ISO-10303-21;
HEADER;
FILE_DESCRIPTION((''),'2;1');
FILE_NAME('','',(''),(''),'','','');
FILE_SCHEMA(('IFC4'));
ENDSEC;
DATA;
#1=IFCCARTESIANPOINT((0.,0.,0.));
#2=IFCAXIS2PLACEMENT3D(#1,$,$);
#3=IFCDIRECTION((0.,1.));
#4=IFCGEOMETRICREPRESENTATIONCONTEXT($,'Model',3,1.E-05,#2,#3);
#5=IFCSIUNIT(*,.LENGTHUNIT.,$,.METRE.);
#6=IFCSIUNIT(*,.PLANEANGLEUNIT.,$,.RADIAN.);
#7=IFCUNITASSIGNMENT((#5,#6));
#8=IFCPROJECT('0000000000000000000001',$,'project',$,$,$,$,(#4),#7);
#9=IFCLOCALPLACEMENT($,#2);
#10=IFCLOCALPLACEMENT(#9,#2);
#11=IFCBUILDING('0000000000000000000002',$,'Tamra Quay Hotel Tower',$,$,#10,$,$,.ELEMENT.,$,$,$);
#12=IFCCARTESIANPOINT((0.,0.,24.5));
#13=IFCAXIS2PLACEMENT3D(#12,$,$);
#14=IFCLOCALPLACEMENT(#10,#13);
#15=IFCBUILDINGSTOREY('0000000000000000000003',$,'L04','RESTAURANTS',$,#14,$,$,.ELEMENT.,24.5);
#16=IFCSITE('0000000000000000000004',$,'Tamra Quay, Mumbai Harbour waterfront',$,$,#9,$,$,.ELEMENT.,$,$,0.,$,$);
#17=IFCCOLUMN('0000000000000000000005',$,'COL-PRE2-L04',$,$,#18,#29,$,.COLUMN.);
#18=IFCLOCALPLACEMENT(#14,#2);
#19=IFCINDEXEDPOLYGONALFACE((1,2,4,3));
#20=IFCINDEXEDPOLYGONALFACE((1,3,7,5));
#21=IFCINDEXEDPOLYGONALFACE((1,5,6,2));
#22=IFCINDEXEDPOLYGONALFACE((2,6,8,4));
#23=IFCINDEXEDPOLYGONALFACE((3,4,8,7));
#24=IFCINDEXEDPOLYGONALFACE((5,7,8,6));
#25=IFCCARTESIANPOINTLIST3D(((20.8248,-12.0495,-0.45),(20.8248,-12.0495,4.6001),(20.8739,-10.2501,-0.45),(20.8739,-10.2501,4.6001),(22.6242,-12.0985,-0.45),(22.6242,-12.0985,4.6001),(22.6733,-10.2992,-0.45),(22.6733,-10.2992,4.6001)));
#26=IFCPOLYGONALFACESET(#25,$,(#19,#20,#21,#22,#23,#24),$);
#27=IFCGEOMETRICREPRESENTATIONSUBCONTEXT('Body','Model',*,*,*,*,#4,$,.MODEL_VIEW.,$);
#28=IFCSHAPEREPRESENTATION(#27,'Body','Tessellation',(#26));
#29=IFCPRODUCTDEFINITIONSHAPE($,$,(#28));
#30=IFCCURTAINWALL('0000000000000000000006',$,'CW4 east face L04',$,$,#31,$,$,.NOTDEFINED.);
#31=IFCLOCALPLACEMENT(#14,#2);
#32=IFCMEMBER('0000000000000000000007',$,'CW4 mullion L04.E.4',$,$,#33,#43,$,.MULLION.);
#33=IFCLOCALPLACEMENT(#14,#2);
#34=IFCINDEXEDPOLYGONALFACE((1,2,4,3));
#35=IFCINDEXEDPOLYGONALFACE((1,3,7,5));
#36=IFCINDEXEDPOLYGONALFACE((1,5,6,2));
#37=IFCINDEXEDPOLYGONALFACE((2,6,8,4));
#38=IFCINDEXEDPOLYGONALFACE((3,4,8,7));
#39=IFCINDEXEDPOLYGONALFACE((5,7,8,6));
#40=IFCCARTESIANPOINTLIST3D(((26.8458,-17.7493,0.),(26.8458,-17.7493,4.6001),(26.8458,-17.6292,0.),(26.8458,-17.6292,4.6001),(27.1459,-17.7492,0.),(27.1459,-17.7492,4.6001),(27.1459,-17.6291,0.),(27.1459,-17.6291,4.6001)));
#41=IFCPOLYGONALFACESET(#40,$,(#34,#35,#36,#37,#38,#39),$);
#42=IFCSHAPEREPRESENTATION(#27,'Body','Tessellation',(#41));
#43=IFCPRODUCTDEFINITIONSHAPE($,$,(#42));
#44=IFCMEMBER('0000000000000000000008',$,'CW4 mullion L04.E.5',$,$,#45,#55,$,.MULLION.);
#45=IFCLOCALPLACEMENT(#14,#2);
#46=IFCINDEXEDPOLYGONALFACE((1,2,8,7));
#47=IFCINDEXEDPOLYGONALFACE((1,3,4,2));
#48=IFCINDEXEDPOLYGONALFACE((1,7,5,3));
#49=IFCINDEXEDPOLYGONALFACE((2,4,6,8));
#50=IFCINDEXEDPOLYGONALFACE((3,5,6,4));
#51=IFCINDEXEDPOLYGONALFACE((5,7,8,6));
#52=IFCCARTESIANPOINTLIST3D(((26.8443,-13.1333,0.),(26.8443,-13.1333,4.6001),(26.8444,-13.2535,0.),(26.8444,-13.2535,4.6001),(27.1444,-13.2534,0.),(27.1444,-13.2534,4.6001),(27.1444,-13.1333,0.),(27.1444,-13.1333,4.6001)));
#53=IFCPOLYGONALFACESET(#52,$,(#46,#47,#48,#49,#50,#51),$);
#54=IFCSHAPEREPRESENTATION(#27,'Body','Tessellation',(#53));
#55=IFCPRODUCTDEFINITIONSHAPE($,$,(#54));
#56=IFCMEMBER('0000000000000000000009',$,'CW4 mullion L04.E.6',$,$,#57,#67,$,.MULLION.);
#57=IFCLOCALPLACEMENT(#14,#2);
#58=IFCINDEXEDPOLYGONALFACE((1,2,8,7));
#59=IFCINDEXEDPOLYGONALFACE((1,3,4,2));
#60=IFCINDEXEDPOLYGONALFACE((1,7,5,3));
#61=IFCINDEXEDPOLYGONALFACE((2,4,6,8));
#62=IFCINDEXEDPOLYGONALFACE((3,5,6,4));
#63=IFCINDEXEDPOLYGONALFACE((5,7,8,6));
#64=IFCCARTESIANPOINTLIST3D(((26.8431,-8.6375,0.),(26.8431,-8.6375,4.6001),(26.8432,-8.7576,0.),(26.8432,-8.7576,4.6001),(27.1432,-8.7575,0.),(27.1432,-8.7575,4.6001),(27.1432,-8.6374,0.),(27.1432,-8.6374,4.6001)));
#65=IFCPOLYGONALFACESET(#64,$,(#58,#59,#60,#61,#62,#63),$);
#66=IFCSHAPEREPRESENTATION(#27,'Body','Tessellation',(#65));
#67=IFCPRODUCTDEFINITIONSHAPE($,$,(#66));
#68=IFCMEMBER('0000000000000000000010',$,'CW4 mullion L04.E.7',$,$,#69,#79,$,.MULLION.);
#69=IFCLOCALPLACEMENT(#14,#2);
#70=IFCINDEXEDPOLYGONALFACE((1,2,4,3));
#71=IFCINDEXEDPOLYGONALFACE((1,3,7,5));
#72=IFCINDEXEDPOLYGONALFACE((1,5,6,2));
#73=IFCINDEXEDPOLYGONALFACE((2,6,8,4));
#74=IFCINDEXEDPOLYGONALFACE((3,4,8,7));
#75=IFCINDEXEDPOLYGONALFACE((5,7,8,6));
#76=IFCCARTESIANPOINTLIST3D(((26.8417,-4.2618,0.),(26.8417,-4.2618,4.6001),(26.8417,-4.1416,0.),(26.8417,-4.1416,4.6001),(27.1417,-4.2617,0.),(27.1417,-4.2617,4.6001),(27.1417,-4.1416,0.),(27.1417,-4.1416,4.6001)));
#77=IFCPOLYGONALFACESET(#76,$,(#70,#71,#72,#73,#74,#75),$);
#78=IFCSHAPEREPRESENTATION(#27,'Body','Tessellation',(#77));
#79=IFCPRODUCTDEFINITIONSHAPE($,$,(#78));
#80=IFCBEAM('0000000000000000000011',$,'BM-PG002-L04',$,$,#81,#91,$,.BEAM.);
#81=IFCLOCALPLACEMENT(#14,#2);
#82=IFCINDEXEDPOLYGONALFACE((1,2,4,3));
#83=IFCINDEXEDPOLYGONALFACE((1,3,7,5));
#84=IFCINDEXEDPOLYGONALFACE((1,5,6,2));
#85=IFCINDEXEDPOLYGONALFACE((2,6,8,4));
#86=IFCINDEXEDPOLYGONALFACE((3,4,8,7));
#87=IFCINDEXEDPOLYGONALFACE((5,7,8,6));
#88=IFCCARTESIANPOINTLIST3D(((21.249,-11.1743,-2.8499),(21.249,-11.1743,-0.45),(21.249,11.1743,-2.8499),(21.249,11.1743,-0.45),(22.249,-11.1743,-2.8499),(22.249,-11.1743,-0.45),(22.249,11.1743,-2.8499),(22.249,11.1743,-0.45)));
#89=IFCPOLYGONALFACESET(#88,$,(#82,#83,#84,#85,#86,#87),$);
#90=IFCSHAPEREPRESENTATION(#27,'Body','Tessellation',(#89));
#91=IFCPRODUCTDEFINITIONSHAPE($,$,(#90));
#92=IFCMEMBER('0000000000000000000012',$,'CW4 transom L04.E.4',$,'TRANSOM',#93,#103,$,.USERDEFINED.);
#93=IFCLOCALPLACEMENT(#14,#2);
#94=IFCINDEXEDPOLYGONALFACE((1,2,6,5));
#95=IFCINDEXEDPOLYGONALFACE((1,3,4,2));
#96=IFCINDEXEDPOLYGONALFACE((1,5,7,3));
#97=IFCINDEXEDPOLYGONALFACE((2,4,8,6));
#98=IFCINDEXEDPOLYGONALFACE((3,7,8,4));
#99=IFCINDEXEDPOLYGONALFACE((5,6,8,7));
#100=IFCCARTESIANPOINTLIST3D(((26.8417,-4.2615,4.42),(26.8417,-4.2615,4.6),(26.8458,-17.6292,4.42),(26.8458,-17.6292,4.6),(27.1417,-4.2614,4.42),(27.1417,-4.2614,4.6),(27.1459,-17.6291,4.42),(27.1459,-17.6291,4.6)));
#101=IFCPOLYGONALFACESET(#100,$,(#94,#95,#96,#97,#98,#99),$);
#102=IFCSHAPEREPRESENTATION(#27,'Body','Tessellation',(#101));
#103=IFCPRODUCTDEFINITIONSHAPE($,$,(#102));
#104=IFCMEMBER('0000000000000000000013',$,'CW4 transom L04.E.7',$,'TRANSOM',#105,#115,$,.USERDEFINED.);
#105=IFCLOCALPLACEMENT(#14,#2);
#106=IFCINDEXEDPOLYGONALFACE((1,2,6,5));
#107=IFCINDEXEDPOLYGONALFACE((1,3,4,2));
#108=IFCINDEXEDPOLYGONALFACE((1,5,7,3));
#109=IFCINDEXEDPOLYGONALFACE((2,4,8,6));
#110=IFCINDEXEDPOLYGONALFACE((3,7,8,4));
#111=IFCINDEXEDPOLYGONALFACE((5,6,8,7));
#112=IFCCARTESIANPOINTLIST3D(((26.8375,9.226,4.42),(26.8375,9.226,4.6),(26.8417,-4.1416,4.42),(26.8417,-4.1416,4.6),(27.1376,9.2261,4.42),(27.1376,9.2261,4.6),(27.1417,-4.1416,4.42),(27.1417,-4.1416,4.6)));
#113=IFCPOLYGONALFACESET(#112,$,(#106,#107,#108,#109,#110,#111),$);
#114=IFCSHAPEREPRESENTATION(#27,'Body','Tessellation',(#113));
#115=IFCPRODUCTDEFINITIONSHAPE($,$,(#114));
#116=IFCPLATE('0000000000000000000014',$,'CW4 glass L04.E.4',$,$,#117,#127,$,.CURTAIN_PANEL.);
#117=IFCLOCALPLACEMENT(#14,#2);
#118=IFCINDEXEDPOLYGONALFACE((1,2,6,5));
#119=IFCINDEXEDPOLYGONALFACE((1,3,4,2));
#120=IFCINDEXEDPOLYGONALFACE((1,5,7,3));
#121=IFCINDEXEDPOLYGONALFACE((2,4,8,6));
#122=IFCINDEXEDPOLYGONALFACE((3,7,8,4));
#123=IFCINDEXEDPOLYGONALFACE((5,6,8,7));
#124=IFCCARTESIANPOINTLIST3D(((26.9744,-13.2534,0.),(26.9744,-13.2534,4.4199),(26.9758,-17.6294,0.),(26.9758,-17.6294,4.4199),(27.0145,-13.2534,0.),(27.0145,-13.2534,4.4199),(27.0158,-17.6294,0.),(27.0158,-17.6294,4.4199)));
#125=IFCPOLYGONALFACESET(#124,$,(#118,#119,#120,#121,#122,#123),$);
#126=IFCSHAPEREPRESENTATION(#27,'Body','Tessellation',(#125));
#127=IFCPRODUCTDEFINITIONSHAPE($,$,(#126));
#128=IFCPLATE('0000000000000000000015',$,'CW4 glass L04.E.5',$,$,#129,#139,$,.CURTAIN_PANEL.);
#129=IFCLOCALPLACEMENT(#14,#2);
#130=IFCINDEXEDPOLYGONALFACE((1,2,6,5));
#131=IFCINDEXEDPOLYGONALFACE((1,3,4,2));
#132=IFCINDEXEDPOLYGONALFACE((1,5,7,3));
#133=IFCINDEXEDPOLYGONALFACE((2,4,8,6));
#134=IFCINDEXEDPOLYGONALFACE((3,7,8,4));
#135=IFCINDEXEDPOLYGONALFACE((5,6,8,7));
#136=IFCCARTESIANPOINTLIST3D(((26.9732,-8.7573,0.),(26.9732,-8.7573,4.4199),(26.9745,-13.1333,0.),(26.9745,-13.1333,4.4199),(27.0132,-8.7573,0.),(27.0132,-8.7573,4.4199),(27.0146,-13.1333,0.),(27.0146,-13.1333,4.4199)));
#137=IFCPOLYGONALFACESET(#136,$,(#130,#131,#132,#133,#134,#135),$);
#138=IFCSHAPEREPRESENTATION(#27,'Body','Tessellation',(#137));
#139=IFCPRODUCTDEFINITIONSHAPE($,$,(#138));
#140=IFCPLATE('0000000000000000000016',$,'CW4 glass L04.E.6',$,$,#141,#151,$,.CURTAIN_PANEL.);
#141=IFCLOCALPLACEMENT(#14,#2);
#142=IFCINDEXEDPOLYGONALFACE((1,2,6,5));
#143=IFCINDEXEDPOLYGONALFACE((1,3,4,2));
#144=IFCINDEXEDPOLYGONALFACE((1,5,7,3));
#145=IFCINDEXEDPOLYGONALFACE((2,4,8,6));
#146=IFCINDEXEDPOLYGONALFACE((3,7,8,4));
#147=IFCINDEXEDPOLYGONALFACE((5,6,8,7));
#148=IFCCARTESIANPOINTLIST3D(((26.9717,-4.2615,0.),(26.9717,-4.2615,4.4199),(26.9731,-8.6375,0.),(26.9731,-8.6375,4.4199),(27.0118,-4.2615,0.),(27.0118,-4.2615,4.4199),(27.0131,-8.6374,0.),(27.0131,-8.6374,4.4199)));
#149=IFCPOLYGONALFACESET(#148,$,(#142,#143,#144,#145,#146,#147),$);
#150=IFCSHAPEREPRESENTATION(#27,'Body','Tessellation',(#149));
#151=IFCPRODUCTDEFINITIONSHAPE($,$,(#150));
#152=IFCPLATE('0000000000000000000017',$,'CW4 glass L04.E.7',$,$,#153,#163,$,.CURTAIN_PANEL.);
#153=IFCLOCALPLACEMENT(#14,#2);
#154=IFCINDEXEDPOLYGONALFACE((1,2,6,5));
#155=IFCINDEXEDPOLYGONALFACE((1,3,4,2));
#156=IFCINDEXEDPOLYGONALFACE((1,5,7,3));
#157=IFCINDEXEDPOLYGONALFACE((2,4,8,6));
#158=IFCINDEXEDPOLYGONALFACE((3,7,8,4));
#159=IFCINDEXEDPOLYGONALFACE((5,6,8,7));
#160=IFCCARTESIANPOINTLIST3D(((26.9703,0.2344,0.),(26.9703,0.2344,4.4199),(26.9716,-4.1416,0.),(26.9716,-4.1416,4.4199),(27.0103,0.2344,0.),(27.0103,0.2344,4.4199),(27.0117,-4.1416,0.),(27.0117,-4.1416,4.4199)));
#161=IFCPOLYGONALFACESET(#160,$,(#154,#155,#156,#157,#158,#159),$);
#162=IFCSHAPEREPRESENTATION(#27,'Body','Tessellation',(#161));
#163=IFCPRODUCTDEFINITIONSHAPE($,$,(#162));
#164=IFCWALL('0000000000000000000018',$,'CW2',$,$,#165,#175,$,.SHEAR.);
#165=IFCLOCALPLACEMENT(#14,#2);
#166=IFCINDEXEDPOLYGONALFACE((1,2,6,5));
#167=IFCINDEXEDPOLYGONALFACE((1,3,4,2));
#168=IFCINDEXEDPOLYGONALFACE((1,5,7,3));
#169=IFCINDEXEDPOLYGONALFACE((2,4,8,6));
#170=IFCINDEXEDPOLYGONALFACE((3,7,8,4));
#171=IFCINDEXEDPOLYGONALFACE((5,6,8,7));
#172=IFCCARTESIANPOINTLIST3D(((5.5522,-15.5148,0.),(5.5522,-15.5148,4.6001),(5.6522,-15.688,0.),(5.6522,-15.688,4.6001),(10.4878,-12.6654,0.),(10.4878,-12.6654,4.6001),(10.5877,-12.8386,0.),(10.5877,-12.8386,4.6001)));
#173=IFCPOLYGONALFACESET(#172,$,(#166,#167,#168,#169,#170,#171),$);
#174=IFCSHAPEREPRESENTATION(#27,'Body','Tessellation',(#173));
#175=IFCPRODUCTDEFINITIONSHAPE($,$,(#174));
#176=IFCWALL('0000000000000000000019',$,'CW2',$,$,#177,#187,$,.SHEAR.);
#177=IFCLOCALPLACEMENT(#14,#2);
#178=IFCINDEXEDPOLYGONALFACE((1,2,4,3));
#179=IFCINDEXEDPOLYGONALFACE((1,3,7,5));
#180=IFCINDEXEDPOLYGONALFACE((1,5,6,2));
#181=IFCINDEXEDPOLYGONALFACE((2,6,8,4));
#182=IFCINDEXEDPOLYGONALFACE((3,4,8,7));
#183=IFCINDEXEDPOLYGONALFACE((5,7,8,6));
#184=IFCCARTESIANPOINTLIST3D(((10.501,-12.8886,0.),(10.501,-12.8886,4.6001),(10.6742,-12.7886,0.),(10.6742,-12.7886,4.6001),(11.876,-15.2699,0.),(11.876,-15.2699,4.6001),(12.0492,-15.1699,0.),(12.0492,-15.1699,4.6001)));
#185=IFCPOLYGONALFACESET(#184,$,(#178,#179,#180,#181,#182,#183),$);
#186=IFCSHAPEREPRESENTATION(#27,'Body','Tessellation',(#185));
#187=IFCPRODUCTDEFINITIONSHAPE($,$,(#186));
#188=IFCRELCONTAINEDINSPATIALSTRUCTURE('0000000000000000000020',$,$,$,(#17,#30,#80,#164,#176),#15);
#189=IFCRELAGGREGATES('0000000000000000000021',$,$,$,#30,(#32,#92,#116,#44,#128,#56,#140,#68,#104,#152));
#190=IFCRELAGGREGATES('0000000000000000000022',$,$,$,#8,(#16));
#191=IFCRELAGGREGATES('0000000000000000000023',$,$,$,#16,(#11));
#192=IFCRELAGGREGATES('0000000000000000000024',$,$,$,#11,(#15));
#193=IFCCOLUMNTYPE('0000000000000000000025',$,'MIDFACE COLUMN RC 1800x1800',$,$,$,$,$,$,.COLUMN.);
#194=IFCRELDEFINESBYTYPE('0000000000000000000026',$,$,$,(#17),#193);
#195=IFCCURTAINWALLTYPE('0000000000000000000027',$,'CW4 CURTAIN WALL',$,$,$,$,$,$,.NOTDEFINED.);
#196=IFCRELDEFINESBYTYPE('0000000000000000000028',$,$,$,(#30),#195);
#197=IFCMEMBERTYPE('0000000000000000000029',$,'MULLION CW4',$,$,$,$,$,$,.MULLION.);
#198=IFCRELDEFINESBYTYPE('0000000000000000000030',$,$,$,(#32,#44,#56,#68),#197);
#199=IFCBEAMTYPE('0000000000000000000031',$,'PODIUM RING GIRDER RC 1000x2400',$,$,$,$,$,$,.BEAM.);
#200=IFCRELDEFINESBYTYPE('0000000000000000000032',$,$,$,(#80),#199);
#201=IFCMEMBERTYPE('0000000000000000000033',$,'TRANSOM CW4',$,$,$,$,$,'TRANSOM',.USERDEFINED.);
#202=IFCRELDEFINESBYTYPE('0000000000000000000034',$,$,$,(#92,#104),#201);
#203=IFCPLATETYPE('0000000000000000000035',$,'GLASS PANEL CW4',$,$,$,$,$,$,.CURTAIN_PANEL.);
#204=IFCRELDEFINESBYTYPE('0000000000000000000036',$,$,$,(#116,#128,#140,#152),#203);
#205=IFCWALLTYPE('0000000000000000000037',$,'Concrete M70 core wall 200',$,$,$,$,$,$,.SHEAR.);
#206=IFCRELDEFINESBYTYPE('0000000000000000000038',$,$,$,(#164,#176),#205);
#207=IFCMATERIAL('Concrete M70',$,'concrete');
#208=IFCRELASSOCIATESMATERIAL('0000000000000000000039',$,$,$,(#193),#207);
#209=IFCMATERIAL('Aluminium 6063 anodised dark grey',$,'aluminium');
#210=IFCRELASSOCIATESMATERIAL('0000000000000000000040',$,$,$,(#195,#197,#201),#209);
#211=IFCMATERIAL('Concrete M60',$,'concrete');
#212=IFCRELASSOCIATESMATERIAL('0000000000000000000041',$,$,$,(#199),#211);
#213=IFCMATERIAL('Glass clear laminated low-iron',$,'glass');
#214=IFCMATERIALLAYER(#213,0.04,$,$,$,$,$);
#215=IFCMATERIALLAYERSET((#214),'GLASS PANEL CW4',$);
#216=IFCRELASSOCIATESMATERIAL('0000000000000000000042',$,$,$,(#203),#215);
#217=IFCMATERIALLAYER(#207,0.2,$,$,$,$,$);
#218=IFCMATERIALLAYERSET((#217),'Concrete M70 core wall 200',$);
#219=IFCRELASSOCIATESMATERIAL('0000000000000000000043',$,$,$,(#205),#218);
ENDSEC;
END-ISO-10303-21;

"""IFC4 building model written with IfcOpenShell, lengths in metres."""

from ifc_helpers import new_model, si_unit, direction, frame, frame_2d, origin, origin_2d, place, context, subcontext, project, spatial, rectangle, extrude, material, layer, layer_set, material_profile, profile_set, type_object, element, aggregate, save


model = new_model("IFC4")

# Units and contexts
model_context = context("Model", 3, precision=1e-05, world=origin(), true_north=direction((0.0, 1.0)))
body_context = subcontext(model_context, "Body", "Model", "MODEL_VIEW")
ifc_project = project(units=[si_unit("LENGTHUNIT", "METRE"), si_unit("PLANEANGLEUNIT", "RADIAN")], contexts=[model_context])

# Site, building, storey
site_placement = place(None, origin())
site = spatial("IfcSite", under=ifc_project, at=site_placement, Name="Tamra Quay, Mumbai Harbour waterfront", CompositionType="ELEMENT", RefElevation=0.0)
building_placement = place(site_placement, origin())
building = spatial("IfcBuilding", under=site, at=building_placement, Name="Tamra Quay Hotel Tower", CompositionType="ELEMENT")
storey_placement = place(building_placement, frame((0.0, 0.0, 24.5)))
storey = spatial("IfcBuildingStorey", under=building, at=storey_placement, Name="L04", Description="RESTAURANTS", CompositionType="ELEMENT", Elevation=24.5)

# Column
ifc_material_1 = material(Name="Concrete M70", Category="concrete")
ifc_material_profile_1 = material_profile(ifc_material_1, rectangle(XDim=1.8, YDim=1.8, at=origin_2d()), Name="MIDFACE COLUMN RC 1800x1800")
ifc_profile_set_1 = profile_set([ifc_material_profile_1], Name="Concrete M70")
column_type = type_object("IfcColumnType", Name="MIDFACE COLUMN RC 1800x1800", PredefinedType="COLUMN", material=ifc_profile_set_1)
column_placement = place(storey_placement, frame((21.749, -11.1743, -0.45), z_axis=(0.0, 0.0, 1.0), x_axis=(-0.999628, 0.027269, 0.0)))
element("IfcColumn", 1, at=column_placement, inside=storey, type_object=column_type, Name="COL-PRE2-L04", PredefinedType="COLUMN", context=body_context, shape_type="SweptSolid", body=[
    extrude(rectangle(XDim=1.8, YDim=1.8, at=origin_2d()), origin(), (0.0, 0.0, 1.0), 5.05),
])

# Curtain wall, members
ifc_material_2 = material(Name="Aluminium 6063 anodised dark grey", Category="aluminium")
curtain_wall_type = type_object("IfcCurtainWallType", Name="CW4 CURTAIN WALL", PredefinedType="NOTDEFINED", material=ifc_material_2)
curtain_wall_placement = place(storey_placement, origin())
curtain_wall = element("IfcCurtainWall", 2, at=curtain_wall_placement, inside=storey, type_object=curtain_wall_type, Name="CW4 east face L04", PredefinedType="NOTDEFINED")
ifc_material_profile_2 = material_profile(ifc_material_2, rectangle(XDim=0.3, YDim=0.1201, at=origin_2d()), Name="MULLION 120X300")
ifc_profile_set_2 = profile_set([ifc_material_profile_2], Name="Aluminium 6063 anodised dark grey")
member_type_1 = type_object("IfcMemberType", Name="MULLION CW4", PredefinedType="MULLION", material=ifc_profile_set_2)
member_1_placement = place(storey_placement, frame((26.9958, -17.6892, 0.0), z_axis=(0.0, 0.0, 1.0), x_axis=(1.0, 0.000306, 0.0)))
member_1 = element("IfcMember", 3, at=member_1_placement, type_object=member_type_1, Name="CW4 mullion L04.E.4", PredefinedType="MULLION", context=body_context, shape_type="SweptSolid", body=[
    extrude(rectangle(XDim=0.3, YDim=0.1201, at=origin_2d()), origin(), (0.0, 0.0, 1.0), 4.6001),
])
member_2_placement = place(storey_placement, frame((26.9944, -13.1934, 0.0), z_axis=(0.0, 0.0, 1.0), x_axis=(1.0, 0.000306, 0.0)))
member_2 = element("IfcMember", 4, at=member_2_placement, type_object=member_type_1, Name="CW4 mullion L04.E.5", PredefinedType="MULLION", context=body_context, shape_type="SweptSolid", body=[
    extrude(rectangle(XDim=0.3, YDim=0.1201, at=origin_2d()), origin(), (0.0, 0.0, 1.0), 4.6001),
])
member_3_placement = place(storey_placement, frame((26.9932, -8.6975, 0.0), z_axis=(0.0, 0.0, 1.0), x_axis=(1.0, 0.000306, 0.0)))
member_3 = element("IfcMember", 5, at=member_3_placement, type_object=member_type_1, Name="CW4 mullion L04.E.6", PredefinedType="MULLION", context=body_context, shape_type="SweptSolid", body=[
    extrude(rectangle(XDim=0.3, YDim=0.1201, at=origin_2d()), origin(), (0.0, 0.0, 1.0), 4.6001),
])
member_4_placement = place(storey_placement, frame((26.9917, -4.2017, 0.0), z_axis=(0.0, 0.0, 1.0), x_axis=(1.0, 0.000306, 0.0)))
member_4 = element("IfcMember", 6, at=member_4_placement, type_object=member_type_1, Name="CW4 mullion L04.E.7", PredefinedType="MULLION", context=body_context, shape_type="SweptSolid", body=[
    extrude(rectangle(XDim=0.3, YDim=0.1201, at=origin_2d()), origin(), (0.0, 0.0, 1.0), 4.6001),
])

# Beam
ifc_material_3 = material(Name="Concrete M60", Category="concrete")
ifc_material_profile_3 = material_profile(ifc_material_3, rectangle(XDim=1.0, YDim=2.3999, at=origin_2d()), Name="PODIUM RING GIRDER RC 1000x2400")
ifc_profile_set_3 = profile_set([ifc_material_profile_3], Name="Concrete M60")
beam_type = type_object("IfcBeamType", Name="PODIUM RING GIRDER RC 1000x2400", PredefinedType="BEAM", material=ifc_profile_set_3)
beam_placement = place(storey_placement, frame((21.749, -11.1743, -1.6499), z_axis=(0.0, 1.0, 0.0), x_axis=(-1.0, 0.0, 0.0)))
element("IfcBeam", 7, at=beam_placement, inside=storey, type_object=beam_type, Name="BM-PG002-L04", PredefinedType="BEAM", context=body_context, shape_type="SweptSolid", body=[
    extrude(rectangle(XDim=1.0, YDim=2.3999, at=origin_2d()), origin(), (0.0, 0.0, 1.0), 22.3486),
])

# Members
ifc_material_profile_4 = material_profile(ifc_material_2, rectangle(XDim=0.3, YDim=0.1799, at=origin_2d()), Name="TRANSOM 300X180")
ifc_profile_set_4 = profile_set([ifc_material_profile_4], Name="Aluminium 6063 anodised dark grey")
member_type_2 = type_object("IfcMemberType", Name="TRANSOM CW4", ElementType="TRANSOM", PredefinedType="USERDEFINED", material=ifc_profile_set_4)
member_5_placement = place(storey_placement, frame((26.9958, -17.6292, 4.51), z_axis=(-0.00031, 1.0, 0.0), x_axis=(-1.0, -0.00031, 0.0)))
member_5 = element("IfcMember", 8, at=member_5_placement, type_object=member_type_2, Name="CW4 transom L04.E.4", ObjectType="TRANSOM", PredefinedType="USERDEFINED", context=body_context, shape_type="SweptSolid", body=[
    extrude(rectangle(XDim=0.3, YDim=0.1799, at=origin_2d()), origin(), (0.0, 0.0, 1.0), 13.3677),
])
member_6_placement = place(storey_placement, frame((26.9917, -4.1416, 4.51), z_axis=(-0.00031, 1.0, 0.0), x_axis=(-1.0, -0.00031, 0.0)))
member_6 = element("IfcMember", 9, at=member_6_placement, type_object=member_type_2, Name="CW4 transom L04.E.7", ObjectType="TRANSOM", PredefinedType="USERDEFINED", context=body_context, shape_type="SweptSolid", body=[
    extrude(rectangle(XDim=0.3, YDim=0.1799, at=origin_2d()), origin(), (0.0, 0.0, 1.0), 13.3677),
])

# Plates
ifc_material_4 = material(Name="Glass clear laminated low-iron", Category="glass")
ifc_layer_1 = layer(ifc_material_4, 0.04)
ifc_layer_set_1 = layer_set([ifc_layer_1], Name="GLASS PANEL CW4")
plate_type = type_object("IfcPlateType", Name="GLASS PANEL CW4", PredefinedType="CURTAIN_PANEL", material=ifc_layer_set_1)
plate_1_placement = place(storey_placement, frame((26.9951, -15.4414, 0.0), z_axis=(0.0, 0.0, 1.0), x_axis=(-0.000306, 1.0, 0.0)))
plate_1 = element("IfcPlate", 10, at=plate_1_placement, type_object=plate_type, Name="CW4 glass L04.E.4", PredefinedType="CURTAIN_PANEL", context=body_context, shape_type="SweptSolid", body=[
    extrude(rectangle(XDim=4.376, YDim=0.04, at=origin_2d()), origin(), (0.0, 0.0, 1.0), 4.4199),
])
plate_2_placement = place(storey_placement, frame((26.9939, -10.9453, 0.0), z_axis=(0.0, 0.0, 1.0), x_axis=(-0.000306, 1.0, 0.0)))
plate_2 = element("IfcPlate", 11, at=plate_2_placement, type_object=plate_type, Name="CW4 glass L04.E.5", PredefinedType="CURTAIN_PANEL", context=body_context, shape_type="SweptSolid", body=[
    extrude(rectangle(XDim=4.376, YDim=0.04, at=origin_2d()), origin(), (0.0, 0.0, 1.0), 4.4199),
])
plate_3_placement = place(storey_placement, frame((26.9924, -6.4495, 0.0), z_axis=(0.0, 0.0, 1.0), x_axis=(-0.000306, 1.0, 0.0)))
plate_3 = element("IfcPlate", 12, at=plate_3_placement, type_object=plate_type, Name="CW4 glass L04.E.6", PredefinedType="CURTAIN_PANEL", context=body_context, shape_type="SweptSolid", body=[
    extrude(rectangle(XDim=4.376, YDim=0.04, at=origin_2d()), origin(), (0.0, 0.0, 1.0), 4.4199),
])
plate_4_placement = place(storey_placement, frame((26.991, -1.9536, 0.0), z_axis=(0.0, 0.0, 1.0), x_axis=(-0.000306, 1.0, 0.0)))
plate_4 = element("IfcPlate", 13, at=plate_4_placement, type_object=plate_type, Name="CW4 glass L04.E.7", PredefinedType="CURTAIN_PANEL", context=body_context, shape_type="SweptSolid", body=[
    extrude(rectangle(XDim=4.376, YDim=0.04, at=origin_2d()), origin(), (0.0, 0.0, 1.0), 4.4199),
])
aggregate(curtain_wall, [member_1, member_5, plate_1, member_2, plate_2, member_3, plate_3, member_4, member_6, plate_4])

# Walls
ifc_layer_2 = layer(ifc_material_1, 0.2)
ifc_layer_set_2 = layer_set([ifc_layer_2], Name="Concrete M70 core wall 200")
wall_type_1 = type_object("IfcWallType", Name="Concrete M70 core wall 200", PredefinedType="SHEAR", material=ifc_layer_set_2)
wall_1_placement = place(storey_placement, frame((10.5378, -12.752, 0.0), z_axis=(0.0, 0.0, 1.0), x_axis=(-0.866039, -0.499977, 0.0)))
element("IfcWall", 14, at=wall_1_placement, inside=storey, type_object=wall_type_1, Name="CW2", PredefinedType="SHEAR", context=body_context, shape_type="SweptSolid", body=[
    extrude(rectangle(XDim=5.699, YDim=0.2, at=frame_2d((2.8496, 0.0))), origin(), (0.0, 0.0, 1.0), 4.6001),
])
wall_2_placement = place(storey_placement, frame((11.9626, -15.22, 0.0), z_axis=(0.0, 0.0, 1.0), x_axis=(-0.500035, 0.866005, 0.0)))
element("IfcWall", 15, at=wall_2_placement, inside=storey, type_object=wall_type_1, Name="CW2", PredefinedType="SHEAR", context=body_context, shape_type="SweptSolid", body=[
    extrude(rectangle(XDim=2.7498, YDim=0.2, at=frame_2d((1.375, 0.0))), origin(), (0.0, 0.0, 1.0), 4.6001),
])

save(model, "model.ifc")
